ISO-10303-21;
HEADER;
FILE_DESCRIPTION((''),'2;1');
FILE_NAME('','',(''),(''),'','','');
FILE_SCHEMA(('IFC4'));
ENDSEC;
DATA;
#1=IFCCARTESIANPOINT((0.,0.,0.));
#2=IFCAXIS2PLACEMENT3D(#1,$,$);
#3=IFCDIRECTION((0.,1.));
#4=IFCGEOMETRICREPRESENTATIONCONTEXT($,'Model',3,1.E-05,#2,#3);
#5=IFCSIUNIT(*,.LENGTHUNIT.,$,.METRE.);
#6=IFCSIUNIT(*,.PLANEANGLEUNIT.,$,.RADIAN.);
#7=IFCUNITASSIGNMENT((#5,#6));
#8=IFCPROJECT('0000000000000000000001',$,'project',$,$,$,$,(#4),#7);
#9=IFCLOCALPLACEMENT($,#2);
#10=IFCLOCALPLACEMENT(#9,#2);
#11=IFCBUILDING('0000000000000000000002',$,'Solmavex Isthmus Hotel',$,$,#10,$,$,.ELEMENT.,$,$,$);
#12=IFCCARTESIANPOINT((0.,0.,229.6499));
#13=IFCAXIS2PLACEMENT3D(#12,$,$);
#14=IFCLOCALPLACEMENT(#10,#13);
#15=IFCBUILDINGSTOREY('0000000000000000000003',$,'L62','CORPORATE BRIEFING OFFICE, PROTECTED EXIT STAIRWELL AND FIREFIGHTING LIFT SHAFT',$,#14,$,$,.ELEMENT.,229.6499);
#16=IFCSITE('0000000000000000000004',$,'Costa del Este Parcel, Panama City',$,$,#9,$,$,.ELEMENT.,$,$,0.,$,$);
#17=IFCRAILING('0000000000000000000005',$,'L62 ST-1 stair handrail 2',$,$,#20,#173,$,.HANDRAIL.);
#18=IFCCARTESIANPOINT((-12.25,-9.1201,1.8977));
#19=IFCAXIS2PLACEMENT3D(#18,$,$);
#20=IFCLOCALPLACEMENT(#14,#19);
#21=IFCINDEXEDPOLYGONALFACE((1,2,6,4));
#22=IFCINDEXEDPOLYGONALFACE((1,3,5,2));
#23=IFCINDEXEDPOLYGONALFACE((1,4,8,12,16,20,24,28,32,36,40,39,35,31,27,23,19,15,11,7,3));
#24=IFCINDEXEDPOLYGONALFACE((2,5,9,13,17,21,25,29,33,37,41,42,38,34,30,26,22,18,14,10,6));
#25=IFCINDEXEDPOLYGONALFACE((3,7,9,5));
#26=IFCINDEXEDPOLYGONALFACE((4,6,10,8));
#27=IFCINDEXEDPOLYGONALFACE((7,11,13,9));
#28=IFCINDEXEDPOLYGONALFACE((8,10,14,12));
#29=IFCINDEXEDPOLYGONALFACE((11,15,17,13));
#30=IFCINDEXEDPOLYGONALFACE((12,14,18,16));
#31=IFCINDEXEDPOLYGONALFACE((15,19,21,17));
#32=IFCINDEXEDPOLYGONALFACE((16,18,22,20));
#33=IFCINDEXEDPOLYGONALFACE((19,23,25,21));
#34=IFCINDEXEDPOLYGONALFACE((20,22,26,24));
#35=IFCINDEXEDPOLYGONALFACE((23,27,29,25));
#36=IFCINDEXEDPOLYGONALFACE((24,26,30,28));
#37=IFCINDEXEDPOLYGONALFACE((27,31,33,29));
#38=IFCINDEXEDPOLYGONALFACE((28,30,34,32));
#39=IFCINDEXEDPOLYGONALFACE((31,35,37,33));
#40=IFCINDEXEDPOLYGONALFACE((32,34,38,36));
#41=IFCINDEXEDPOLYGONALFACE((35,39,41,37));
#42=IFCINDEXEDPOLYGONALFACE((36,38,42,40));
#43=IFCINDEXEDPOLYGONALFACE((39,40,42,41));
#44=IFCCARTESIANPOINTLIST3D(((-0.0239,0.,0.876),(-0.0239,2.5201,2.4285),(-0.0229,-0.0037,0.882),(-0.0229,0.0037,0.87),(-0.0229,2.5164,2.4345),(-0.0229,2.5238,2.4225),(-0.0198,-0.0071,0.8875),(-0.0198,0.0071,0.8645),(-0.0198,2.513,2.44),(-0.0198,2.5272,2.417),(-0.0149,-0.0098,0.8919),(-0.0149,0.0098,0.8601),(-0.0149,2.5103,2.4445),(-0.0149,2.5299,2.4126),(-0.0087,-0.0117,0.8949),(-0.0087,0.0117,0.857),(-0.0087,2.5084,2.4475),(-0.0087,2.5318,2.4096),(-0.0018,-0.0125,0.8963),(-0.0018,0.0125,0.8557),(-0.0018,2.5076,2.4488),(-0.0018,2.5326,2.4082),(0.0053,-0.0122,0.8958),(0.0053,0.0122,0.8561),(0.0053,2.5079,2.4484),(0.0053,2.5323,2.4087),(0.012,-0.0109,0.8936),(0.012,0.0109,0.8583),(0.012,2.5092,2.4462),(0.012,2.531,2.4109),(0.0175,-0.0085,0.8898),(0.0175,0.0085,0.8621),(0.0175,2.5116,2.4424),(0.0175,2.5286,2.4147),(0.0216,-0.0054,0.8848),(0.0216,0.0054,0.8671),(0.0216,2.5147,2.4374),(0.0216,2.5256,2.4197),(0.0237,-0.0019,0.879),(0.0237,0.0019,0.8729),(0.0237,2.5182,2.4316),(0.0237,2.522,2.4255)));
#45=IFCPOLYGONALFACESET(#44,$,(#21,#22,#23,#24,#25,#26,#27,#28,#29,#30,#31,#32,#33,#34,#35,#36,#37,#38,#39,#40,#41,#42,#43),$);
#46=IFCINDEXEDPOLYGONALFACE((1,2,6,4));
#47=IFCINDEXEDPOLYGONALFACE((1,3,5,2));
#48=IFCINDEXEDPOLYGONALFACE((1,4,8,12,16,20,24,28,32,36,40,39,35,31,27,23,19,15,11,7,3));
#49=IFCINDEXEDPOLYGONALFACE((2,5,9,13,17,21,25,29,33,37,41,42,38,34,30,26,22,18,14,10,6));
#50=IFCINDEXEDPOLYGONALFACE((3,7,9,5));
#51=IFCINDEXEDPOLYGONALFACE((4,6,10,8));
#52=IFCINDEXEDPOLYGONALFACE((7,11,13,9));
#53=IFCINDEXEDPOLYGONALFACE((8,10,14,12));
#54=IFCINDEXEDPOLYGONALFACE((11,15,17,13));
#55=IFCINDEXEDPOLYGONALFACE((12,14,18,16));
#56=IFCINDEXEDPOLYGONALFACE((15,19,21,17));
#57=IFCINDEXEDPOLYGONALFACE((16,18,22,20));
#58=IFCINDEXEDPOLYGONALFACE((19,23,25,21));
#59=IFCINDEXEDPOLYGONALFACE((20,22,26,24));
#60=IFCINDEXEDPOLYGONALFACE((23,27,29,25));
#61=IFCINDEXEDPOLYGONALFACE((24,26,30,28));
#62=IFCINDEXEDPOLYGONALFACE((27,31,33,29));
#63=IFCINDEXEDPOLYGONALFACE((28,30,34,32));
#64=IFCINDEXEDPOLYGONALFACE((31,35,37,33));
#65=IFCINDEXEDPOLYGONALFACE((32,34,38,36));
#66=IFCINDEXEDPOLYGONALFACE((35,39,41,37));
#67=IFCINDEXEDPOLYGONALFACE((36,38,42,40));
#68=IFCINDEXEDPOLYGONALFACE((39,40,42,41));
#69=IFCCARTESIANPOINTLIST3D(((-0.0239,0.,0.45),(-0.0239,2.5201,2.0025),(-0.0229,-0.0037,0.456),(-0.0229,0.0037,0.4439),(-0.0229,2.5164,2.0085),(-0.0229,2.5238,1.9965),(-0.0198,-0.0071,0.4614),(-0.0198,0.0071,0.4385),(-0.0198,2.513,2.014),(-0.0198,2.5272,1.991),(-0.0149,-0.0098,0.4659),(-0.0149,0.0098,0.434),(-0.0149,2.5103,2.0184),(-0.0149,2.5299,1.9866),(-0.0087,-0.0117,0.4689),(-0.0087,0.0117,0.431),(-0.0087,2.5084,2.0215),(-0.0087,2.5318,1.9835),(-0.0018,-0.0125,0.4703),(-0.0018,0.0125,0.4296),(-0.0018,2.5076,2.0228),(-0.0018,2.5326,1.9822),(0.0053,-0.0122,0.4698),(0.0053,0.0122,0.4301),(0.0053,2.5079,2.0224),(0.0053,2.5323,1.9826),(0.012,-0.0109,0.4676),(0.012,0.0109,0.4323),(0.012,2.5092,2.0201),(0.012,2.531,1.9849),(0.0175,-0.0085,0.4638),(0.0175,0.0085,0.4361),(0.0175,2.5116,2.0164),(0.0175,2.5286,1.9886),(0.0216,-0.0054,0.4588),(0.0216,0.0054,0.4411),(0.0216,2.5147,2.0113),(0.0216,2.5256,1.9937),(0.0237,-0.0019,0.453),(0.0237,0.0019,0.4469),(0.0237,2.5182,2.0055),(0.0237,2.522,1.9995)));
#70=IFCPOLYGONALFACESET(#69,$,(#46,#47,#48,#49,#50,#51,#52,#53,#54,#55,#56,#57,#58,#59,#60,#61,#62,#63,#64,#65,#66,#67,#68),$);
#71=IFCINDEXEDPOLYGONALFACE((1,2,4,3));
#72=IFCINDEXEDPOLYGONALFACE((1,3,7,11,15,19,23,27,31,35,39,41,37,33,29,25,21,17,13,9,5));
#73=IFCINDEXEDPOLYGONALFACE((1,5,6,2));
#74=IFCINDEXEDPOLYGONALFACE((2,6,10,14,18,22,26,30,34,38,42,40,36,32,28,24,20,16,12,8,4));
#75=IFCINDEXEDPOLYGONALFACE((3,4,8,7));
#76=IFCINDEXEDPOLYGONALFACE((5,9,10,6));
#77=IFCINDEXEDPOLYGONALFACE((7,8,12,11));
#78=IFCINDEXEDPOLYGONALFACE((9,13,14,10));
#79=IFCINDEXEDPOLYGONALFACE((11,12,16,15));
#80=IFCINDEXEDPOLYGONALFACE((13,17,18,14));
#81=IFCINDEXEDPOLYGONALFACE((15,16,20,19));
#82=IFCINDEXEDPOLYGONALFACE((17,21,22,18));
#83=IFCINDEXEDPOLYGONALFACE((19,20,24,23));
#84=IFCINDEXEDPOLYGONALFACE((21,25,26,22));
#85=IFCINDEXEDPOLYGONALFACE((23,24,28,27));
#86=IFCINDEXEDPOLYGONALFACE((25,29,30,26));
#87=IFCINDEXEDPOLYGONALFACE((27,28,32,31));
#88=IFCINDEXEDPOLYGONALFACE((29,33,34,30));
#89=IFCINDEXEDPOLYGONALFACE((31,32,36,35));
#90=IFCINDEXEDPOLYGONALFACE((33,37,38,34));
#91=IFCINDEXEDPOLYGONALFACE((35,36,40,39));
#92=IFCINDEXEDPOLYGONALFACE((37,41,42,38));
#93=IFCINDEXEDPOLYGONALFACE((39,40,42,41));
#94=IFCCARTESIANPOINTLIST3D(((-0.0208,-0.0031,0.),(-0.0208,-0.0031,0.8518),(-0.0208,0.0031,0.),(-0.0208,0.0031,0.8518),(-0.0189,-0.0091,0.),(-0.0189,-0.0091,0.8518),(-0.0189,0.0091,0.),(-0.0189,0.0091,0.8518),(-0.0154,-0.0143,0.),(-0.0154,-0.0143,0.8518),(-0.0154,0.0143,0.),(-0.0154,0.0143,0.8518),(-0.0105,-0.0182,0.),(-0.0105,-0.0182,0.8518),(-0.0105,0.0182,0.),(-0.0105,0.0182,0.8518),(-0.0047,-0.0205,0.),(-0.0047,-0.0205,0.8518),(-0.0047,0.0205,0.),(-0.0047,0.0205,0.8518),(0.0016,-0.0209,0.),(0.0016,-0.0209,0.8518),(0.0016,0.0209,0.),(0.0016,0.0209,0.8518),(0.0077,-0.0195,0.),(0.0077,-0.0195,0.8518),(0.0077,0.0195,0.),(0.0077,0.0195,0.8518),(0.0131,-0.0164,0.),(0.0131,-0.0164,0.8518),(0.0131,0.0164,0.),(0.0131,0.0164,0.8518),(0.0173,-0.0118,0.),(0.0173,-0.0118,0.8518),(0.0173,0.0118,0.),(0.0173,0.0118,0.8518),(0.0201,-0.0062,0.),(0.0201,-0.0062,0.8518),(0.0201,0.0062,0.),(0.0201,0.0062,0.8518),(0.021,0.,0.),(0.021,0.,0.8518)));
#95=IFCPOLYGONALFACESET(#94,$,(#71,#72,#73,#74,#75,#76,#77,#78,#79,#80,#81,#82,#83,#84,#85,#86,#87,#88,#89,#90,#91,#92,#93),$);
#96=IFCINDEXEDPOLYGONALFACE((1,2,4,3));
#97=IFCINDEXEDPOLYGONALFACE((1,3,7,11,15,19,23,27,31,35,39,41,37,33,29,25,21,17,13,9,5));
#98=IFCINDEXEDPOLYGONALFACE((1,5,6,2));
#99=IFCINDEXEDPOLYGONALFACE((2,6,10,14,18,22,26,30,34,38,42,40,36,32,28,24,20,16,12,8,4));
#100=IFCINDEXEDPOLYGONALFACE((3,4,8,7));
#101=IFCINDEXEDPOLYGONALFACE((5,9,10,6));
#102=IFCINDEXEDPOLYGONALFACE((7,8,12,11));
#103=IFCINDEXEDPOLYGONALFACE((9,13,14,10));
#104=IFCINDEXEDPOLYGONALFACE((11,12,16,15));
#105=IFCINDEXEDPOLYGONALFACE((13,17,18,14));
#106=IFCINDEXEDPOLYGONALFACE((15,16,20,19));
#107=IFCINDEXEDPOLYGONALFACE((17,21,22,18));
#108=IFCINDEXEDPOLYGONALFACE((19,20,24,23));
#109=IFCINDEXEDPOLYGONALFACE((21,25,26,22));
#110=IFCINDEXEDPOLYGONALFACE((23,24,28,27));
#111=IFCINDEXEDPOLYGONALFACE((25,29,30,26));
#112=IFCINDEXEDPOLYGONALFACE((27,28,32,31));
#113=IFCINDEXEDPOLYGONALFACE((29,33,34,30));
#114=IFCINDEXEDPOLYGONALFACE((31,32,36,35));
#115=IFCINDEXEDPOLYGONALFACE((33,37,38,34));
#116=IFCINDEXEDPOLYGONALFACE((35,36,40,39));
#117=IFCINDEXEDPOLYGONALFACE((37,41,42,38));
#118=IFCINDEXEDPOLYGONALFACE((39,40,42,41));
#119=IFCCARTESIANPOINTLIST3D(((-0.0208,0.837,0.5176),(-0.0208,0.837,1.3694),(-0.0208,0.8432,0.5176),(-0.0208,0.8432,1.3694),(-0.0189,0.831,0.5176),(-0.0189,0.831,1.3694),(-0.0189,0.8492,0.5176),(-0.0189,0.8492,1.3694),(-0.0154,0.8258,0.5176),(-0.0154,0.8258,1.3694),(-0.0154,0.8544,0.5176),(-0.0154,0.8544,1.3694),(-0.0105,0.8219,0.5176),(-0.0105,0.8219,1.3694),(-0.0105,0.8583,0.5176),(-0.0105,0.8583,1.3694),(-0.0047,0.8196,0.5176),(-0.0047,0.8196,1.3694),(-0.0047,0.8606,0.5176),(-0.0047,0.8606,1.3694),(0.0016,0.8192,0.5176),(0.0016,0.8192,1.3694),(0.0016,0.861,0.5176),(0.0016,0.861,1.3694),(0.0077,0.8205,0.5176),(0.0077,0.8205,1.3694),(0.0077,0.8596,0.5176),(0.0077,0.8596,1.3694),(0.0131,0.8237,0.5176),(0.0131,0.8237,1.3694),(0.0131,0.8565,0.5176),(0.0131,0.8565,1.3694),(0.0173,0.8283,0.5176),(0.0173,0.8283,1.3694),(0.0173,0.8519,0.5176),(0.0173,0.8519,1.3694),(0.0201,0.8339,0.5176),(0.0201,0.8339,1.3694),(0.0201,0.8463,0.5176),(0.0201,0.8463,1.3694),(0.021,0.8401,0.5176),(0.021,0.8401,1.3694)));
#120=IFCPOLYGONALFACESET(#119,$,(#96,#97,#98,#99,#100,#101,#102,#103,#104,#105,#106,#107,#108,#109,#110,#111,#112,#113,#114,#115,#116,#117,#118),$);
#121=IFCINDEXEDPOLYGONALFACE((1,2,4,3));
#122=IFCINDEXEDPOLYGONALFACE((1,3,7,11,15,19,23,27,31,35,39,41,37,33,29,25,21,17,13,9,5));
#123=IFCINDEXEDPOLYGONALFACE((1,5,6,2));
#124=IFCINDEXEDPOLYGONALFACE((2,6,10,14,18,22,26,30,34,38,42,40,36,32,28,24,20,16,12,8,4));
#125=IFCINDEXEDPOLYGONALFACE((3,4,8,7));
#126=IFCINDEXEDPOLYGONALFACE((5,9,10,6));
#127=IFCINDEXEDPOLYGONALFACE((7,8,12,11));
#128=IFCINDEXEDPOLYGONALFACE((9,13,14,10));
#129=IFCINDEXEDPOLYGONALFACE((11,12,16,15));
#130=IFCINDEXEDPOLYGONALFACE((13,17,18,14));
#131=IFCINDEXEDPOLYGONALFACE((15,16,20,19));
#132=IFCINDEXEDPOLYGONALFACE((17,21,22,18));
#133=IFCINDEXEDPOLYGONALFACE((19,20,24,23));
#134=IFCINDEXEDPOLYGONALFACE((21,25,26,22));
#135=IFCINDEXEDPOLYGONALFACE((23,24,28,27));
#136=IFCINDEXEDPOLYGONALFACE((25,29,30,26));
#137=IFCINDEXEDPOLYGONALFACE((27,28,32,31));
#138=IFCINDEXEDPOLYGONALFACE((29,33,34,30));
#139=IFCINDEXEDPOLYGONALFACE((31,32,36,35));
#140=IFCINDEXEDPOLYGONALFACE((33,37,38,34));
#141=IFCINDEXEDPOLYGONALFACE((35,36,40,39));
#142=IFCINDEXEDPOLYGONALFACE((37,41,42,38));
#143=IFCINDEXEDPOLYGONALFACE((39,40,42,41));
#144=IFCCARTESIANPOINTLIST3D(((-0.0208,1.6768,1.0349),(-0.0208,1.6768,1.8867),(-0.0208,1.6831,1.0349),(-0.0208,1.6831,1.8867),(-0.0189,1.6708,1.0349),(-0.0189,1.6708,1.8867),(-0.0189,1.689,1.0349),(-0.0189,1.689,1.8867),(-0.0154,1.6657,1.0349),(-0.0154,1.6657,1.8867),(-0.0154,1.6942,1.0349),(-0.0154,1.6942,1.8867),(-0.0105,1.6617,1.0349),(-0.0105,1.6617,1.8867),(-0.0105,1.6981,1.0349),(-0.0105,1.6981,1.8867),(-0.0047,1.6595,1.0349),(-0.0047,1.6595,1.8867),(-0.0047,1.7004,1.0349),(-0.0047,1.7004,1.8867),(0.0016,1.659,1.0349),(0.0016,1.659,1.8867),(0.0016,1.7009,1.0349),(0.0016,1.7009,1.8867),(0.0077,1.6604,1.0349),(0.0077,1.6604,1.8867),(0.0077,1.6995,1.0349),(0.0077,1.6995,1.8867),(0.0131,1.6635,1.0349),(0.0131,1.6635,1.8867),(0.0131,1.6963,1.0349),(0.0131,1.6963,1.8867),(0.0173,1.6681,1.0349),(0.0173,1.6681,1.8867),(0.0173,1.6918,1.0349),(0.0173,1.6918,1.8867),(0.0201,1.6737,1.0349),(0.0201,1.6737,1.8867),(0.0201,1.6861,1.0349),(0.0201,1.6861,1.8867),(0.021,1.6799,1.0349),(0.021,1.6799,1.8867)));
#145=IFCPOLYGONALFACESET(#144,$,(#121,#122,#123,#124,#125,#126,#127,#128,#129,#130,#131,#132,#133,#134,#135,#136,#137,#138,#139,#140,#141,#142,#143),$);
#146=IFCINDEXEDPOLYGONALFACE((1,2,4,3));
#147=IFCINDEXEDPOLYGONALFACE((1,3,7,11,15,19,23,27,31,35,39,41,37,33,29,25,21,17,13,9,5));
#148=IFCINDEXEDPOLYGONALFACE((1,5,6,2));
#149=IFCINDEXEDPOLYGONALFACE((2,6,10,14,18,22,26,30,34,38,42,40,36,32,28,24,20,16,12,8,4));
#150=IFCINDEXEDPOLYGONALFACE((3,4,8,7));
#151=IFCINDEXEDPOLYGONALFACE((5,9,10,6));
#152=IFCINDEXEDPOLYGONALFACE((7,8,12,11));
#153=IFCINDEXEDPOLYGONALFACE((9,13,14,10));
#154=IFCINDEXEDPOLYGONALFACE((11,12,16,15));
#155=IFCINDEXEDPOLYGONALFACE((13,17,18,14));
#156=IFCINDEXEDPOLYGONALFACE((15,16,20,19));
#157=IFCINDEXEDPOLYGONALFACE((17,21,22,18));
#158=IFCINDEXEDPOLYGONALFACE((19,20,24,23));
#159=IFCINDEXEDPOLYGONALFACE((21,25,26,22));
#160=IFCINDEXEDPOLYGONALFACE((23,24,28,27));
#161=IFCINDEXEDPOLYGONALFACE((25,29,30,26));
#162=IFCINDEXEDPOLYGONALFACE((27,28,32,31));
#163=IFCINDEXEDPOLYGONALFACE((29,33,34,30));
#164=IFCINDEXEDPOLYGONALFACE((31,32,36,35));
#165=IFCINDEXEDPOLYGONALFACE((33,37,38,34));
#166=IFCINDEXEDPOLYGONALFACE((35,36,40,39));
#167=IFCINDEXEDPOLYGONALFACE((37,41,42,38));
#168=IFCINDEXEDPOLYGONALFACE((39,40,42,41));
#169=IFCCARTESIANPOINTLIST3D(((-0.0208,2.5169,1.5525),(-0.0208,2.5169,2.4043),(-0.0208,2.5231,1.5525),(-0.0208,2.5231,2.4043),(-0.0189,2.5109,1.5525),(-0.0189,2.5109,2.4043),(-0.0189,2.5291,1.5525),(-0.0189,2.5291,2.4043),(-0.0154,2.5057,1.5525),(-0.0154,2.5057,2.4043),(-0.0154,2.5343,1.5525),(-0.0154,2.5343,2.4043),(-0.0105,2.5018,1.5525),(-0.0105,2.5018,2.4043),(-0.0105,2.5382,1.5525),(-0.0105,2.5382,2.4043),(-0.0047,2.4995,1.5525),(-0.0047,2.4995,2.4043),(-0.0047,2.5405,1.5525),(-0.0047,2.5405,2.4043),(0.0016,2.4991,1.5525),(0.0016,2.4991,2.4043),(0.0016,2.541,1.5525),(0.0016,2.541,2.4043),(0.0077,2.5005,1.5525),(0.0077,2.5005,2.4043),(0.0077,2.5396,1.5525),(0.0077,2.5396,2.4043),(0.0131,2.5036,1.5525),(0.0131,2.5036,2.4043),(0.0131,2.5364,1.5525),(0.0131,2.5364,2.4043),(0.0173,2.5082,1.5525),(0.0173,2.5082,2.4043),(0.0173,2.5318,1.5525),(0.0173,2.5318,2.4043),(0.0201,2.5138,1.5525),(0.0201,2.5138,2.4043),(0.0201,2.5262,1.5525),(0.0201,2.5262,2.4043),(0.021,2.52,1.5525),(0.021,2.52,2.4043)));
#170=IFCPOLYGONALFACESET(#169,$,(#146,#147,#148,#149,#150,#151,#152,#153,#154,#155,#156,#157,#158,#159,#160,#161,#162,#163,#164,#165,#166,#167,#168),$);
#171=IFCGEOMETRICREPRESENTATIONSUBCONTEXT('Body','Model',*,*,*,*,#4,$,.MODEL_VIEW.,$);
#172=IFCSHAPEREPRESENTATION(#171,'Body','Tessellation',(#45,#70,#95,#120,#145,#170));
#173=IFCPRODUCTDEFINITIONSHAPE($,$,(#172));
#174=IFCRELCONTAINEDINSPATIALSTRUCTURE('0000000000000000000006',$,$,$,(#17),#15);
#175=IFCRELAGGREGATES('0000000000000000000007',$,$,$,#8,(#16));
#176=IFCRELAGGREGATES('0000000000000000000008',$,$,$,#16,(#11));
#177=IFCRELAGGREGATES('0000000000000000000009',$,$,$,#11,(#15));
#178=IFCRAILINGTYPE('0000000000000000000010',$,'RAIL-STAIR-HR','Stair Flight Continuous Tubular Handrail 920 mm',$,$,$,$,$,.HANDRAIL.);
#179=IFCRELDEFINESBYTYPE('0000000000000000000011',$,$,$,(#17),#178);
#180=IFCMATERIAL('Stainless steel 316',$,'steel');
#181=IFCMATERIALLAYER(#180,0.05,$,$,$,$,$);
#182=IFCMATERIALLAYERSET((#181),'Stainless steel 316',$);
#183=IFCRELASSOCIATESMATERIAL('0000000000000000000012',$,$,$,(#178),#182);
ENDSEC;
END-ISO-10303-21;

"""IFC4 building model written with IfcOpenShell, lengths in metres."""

from ifc_helpers import new_model, si_unit, direction, frame, origin, origin_2d, place, context, subcontext, project, spatial, circle, extrude, material, layer, layer_set, type_object, element, save


model = new_model("IFC4")

# Units and contexts
model_context = context("Model", 3, precision=1e-05, world=origin(), true_north=direction((0.0, 1.0)))
body_context = subcontext(model_context, "Body", "Model", "MODEL_VIEW")
ifc_project = project(units=[si_unit("LENGTHUNIT", "METRE"), si_unit("PLANEANGLEUNIT", "RADIAN")], contexts=[model_context])

# Site, building, storey
site_placement = place(None, origin())
site = spatial("IfcSite", under=ifc_project, at=site_placement, Name="Costa del Este Parcel, Panama City", CompositionType="ELEMENT", RefElevation=0.0)
building_placement = place(site_placement, origin())
building = spatial("IfcBuilding", under=site, at=building_placement, Name="Solmavex Isthmus Hotel", CompositionType="ELEMENT")
storey_placement = place(building_placement, frame((0.0, 0.0, 229.6499)))
storey = spatial("IfcBuildingStorey", under=building, at=storey_placement, Name="L62", Description="CORPORATE BRIEFING OFFICE, PROTECTED EXIT STAIRWELL AND FIREFIGHTING LIFT SHAFT", CompositionType="ELEMENT", Elevation=229.6499)

# Railing
ifc_material_1 = material(Name="Stainless steel 316", Category="steel")
ifc_layer_1 = layer(ifc_material_1, 0.05)
ifc_layer_set_1 = layer_set([ifc_layer_1], Name="Stainless steel 316")
railing_type_1 = type_object("IfcRailingType", Name="RAIL-STAIR-HR", Description="Stair Flight Continuous Tubular Handrail 920 mm", PredefinedType="HANDRAIL", material=ifc_layer_set_1)
railing_1_placement = place(storey_placement, frame((-12.25, -9.1201, 1.8977)))
element("IfcRailing", 1, at=railing_1_placement, inside=storey, type_object=railing_type_1, Name="L62 ST-1 stair handrail 2", PredefinedType="HANDRAIL", context=body_context, shape_type="SweptSolid", body=[
    extrude(circle(Radius=0.0239, at=origin_2d()), frame((0.0, 0.0, 0.876), z_axis=(0.0, 0.8514, 0.524516), x_axis=(-1.0, 0.0, 0.0)), (0.0, 0.0, 1.0), 2.96),
    extrude(circle(Radius=0.0239, at=origin_2d()), frame((0.0, 0.0, 0.45), z_axis=(0.0, 0.8514, 0.524516), x_axis=(-1.0, 0.0, 0.0)), (0.0, 0.0, 1.0), 2.96),
    extrude(circle(Radius=0.021, at=origin_2d()), origin(), (0.0, 0.0, 1.0), 0.8518),
    extrude(circle(Radius=0.021, at=origin_2d()), frame((0.0, 0.8401, 0.5176)), (0.0, 0.0, 1.0), 0.8518),
    extrude(circle(Radius=0.021, at=origin_2d()), frame((0.0, 1.6799, 1.0349)), (0.0, 0.0, 1.0), 0.8518),
    extrude(circle(Radius=0.021, at=origin_2d()), frame((0.0, 2.52, 1.5525)), (0.0, 0.0, 1.0), 0.8518),
])

save(model, "model.ifc")
